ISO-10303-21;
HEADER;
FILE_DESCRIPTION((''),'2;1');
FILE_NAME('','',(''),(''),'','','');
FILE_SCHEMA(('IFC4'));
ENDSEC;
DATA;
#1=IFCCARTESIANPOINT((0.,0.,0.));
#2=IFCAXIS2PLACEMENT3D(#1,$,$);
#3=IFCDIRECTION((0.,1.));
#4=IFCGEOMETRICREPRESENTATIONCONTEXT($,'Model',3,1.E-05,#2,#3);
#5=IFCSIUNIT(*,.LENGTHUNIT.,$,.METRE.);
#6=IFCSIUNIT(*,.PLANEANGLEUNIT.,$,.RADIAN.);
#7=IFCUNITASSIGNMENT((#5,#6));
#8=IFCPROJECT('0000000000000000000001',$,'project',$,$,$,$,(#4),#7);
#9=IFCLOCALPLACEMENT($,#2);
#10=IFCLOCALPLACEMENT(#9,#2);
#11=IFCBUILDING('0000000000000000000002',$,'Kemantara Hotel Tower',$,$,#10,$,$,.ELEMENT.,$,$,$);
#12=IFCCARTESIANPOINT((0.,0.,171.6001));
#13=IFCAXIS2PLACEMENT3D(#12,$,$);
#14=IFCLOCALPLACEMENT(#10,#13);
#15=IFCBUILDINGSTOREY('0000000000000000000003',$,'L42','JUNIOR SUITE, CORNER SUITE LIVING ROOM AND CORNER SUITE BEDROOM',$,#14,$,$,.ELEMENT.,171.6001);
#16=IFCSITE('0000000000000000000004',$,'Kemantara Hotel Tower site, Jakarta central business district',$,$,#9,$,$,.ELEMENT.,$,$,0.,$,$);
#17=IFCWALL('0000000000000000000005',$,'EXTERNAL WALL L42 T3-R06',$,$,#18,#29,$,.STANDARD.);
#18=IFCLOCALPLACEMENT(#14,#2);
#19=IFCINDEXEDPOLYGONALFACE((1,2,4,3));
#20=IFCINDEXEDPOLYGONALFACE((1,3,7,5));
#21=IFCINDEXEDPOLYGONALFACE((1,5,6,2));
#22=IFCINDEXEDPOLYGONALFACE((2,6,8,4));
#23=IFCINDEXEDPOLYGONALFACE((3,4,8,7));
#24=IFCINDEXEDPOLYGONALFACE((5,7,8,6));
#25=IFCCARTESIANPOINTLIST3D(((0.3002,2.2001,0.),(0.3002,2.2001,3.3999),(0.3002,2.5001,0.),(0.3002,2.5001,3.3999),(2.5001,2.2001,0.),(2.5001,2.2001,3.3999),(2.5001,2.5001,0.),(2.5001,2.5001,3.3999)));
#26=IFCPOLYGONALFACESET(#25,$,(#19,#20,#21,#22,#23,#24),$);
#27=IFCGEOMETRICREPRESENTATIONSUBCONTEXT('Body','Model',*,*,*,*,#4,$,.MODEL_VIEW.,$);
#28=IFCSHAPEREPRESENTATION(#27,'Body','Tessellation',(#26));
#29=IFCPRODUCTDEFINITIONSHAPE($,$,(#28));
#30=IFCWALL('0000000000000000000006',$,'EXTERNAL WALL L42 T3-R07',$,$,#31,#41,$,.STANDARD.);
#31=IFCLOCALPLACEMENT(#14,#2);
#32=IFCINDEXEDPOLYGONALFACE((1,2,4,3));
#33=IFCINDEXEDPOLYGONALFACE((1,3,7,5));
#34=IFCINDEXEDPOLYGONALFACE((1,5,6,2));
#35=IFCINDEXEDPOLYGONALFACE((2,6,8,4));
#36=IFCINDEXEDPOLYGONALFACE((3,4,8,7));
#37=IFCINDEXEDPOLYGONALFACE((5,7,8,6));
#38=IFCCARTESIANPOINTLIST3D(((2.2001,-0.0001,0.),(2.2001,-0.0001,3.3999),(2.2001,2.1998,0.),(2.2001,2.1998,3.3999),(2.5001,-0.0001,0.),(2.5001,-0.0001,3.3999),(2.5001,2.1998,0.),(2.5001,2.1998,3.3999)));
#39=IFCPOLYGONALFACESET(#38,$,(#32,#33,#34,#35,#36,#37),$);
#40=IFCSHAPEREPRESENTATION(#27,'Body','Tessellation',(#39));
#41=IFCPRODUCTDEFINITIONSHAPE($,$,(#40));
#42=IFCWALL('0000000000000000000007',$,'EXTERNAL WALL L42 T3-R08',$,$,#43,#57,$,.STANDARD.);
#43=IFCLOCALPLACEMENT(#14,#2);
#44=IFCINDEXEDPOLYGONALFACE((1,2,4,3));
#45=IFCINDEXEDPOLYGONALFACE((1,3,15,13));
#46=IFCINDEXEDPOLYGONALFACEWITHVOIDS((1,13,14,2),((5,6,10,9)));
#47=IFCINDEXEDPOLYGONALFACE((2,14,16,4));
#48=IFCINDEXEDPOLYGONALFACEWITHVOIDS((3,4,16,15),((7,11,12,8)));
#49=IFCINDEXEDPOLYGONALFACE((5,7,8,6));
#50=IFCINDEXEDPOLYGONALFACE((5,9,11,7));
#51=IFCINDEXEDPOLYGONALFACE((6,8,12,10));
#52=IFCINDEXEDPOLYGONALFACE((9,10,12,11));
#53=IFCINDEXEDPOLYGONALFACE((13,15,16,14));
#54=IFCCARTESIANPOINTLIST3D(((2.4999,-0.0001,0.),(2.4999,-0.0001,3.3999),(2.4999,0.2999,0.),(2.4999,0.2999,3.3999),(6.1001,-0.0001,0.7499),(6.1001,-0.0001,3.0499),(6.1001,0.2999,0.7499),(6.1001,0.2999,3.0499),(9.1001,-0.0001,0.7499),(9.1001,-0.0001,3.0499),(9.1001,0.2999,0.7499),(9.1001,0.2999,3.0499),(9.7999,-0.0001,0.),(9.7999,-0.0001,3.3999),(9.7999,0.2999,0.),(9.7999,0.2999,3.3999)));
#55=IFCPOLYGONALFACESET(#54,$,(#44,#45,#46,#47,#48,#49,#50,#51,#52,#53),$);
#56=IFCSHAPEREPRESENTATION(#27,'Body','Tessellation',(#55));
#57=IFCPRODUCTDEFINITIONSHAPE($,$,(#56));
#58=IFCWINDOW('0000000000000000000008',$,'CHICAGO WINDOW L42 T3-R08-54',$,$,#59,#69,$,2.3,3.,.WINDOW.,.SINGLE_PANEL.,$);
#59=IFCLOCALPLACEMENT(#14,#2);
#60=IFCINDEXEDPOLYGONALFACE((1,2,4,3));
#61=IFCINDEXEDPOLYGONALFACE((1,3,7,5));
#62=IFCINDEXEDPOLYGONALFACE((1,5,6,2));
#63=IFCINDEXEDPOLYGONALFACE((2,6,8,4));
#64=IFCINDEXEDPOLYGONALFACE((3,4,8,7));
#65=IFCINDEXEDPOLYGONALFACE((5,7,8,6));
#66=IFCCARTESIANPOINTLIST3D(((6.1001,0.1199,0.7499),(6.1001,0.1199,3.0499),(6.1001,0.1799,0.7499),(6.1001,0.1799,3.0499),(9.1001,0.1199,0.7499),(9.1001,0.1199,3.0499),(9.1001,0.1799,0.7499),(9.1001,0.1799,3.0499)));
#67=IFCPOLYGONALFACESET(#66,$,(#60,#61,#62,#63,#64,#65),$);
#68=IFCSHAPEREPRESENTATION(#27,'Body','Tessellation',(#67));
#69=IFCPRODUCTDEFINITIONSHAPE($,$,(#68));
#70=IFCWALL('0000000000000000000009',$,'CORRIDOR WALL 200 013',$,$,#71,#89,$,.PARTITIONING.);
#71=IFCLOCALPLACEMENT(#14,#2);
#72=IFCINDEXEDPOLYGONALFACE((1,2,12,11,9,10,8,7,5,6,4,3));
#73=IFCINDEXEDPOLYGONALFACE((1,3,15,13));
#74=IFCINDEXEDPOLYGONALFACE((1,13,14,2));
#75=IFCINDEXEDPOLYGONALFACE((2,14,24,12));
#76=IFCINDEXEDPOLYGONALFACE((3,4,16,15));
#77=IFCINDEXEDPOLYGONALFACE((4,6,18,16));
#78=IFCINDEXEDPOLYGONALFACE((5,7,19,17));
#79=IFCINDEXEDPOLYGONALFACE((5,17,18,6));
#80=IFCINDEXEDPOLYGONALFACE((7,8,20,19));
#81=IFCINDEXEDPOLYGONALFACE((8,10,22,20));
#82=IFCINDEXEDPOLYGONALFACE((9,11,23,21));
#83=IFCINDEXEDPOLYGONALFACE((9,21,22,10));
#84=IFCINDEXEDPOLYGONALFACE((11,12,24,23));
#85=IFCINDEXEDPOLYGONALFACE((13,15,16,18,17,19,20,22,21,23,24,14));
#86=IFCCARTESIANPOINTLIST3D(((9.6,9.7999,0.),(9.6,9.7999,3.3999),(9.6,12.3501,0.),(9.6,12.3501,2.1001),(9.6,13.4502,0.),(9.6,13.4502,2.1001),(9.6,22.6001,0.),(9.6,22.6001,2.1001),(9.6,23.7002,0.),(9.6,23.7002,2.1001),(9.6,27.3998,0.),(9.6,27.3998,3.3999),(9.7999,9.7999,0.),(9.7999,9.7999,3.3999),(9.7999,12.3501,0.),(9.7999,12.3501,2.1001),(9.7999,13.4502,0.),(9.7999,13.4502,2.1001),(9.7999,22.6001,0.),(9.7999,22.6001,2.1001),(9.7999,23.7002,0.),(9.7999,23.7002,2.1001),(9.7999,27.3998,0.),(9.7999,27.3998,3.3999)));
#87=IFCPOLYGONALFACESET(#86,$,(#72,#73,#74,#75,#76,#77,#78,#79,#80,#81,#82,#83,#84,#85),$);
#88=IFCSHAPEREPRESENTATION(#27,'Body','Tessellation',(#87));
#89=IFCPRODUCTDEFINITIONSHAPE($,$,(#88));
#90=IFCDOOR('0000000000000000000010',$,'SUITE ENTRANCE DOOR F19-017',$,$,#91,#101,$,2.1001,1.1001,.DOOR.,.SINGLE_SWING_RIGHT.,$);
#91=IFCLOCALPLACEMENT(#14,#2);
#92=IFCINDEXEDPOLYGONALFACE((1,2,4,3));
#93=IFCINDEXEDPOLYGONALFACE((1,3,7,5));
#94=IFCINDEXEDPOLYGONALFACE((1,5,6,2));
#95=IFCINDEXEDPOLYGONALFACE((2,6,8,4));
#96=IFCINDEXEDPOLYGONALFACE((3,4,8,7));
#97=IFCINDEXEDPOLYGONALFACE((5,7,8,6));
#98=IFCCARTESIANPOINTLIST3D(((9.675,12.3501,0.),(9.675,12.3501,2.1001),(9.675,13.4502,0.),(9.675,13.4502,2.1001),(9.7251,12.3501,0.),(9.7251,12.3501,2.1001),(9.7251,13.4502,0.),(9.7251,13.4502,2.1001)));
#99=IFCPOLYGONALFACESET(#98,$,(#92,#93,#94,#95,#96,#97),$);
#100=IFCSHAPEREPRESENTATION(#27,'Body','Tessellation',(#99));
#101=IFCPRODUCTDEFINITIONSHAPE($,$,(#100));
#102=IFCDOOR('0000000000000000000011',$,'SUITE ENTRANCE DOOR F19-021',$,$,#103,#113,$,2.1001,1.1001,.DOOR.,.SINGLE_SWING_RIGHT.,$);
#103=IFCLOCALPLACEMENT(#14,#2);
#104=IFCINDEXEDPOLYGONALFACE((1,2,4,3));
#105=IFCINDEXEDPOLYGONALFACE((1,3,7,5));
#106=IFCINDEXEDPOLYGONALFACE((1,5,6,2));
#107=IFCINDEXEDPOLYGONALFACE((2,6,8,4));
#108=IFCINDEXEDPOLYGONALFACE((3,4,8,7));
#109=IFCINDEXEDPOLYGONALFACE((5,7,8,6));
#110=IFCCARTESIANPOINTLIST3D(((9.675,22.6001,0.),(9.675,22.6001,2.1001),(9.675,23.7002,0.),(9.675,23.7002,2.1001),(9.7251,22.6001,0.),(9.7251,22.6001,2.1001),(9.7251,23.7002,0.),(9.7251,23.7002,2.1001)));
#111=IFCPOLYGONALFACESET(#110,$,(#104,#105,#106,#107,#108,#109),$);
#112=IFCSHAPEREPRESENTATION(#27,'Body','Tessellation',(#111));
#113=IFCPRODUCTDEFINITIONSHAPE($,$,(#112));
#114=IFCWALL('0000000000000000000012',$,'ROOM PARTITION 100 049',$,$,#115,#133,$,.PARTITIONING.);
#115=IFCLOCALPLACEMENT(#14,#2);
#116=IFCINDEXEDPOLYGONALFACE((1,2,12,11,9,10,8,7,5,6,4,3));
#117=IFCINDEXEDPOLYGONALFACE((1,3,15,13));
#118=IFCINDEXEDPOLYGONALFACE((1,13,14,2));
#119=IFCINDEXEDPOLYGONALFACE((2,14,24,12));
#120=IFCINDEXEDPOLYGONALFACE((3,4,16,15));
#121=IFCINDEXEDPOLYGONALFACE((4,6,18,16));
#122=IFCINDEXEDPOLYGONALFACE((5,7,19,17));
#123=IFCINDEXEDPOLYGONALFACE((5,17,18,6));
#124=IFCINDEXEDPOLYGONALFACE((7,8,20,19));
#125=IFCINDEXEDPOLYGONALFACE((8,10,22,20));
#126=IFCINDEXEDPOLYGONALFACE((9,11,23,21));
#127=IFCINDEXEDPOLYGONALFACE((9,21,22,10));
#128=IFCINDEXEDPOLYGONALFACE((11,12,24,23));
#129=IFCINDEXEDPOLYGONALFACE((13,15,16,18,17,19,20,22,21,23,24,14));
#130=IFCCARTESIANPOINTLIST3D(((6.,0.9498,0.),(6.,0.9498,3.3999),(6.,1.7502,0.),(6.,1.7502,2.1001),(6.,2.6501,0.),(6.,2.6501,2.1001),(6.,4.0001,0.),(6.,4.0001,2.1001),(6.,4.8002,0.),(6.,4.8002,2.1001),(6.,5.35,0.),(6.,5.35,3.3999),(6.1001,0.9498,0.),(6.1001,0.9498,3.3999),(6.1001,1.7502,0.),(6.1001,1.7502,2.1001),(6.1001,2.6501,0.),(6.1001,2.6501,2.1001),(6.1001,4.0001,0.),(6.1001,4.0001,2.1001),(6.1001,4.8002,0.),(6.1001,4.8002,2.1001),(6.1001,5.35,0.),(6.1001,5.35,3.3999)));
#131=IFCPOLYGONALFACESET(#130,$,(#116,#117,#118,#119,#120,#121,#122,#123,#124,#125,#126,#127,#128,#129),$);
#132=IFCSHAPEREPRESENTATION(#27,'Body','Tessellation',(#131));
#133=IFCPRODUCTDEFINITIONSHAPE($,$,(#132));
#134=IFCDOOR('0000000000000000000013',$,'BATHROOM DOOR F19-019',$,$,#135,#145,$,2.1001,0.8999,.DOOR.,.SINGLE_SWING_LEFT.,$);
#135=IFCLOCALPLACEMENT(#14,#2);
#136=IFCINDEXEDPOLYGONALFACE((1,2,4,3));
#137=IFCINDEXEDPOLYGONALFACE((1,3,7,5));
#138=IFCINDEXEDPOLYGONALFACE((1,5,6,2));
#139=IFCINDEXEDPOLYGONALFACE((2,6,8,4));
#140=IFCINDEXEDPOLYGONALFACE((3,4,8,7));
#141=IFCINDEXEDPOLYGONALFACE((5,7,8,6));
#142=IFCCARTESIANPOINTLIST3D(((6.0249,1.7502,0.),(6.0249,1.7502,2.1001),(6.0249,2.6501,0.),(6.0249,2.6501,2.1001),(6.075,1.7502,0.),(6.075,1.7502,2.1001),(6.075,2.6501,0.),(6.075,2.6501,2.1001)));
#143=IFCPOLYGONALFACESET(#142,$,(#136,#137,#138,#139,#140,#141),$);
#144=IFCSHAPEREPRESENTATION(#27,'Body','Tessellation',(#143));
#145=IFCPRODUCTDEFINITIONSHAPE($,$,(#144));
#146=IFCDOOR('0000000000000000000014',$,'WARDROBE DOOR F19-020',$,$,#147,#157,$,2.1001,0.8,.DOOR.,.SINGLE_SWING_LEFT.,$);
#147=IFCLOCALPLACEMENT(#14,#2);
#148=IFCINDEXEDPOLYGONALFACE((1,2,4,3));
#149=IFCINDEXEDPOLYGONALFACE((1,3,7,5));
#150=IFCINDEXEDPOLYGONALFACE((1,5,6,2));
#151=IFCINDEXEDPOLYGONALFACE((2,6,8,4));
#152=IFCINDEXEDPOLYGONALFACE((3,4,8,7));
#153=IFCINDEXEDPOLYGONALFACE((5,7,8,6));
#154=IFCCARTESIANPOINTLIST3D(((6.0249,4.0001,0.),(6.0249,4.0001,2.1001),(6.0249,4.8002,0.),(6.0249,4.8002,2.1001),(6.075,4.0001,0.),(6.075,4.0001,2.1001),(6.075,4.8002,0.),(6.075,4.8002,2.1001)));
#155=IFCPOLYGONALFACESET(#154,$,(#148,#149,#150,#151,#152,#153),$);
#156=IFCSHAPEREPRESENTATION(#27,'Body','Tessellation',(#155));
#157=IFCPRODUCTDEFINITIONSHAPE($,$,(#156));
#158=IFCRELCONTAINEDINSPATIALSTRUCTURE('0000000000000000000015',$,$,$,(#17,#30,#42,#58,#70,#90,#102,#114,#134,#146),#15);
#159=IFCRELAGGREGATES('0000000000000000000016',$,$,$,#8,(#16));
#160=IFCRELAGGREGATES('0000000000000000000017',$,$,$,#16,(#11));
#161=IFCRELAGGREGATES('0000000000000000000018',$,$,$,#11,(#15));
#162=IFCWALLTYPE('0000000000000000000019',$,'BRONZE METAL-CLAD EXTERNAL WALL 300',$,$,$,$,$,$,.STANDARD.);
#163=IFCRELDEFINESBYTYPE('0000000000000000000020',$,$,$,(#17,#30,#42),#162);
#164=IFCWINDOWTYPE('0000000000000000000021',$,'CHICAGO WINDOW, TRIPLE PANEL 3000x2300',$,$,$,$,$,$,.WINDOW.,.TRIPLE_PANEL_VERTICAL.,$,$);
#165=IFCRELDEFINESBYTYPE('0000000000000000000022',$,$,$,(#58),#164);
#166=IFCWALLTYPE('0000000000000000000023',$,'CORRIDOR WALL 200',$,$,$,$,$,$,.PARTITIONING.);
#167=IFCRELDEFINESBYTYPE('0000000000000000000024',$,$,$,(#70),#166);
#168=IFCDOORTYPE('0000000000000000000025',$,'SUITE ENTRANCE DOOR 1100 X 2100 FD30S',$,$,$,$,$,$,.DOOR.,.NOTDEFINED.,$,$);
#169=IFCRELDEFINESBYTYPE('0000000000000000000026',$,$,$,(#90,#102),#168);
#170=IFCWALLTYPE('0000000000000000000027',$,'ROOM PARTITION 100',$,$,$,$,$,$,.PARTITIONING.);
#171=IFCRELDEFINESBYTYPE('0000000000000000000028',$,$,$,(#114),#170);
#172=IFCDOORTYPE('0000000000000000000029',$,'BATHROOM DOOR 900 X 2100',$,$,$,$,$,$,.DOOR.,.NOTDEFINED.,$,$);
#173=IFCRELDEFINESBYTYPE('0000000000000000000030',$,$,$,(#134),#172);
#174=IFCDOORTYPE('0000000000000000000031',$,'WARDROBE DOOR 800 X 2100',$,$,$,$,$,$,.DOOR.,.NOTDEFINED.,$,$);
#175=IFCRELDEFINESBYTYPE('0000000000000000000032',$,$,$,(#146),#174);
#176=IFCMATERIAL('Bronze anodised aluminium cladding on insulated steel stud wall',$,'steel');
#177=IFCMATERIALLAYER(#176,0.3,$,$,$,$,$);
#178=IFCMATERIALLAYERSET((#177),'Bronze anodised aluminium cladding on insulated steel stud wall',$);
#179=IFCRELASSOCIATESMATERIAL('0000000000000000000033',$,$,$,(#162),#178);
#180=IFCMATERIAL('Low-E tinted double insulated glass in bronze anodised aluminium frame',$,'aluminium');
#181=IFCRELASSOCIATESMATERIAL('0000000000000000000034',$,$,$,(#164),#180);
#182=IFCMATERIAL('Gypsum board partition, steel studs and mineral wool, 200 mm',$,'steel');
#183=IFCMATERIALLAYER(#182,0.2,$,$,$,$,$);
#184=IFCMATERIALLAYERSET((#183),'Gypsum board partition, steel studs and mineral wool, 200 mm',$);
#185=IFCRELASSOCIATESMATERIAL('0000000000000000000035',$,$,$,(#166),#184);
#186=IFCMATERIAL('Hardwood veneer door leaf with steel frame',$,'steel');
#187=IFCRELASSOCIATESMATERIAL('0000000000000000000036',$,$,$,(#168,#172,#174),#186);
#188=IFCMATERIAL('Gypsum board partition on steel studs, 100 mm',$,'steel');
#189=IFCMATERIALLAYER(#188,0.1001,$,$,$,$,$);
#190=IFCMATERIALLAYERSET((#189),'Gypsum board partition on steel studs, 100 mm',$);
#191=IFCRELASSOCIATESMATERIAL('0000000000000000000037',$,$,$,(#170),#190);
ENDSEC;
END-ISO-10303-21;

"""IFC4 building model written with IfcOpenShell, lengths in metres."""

from ifc_helpers import new_model, si_unit, direction, frame, frame_2d, origin, place, context, subcontext, project, spatial, rectangle, extrude, material, layer, layer_set, type_object, element, fill, save


model = new_model("IFC4")

# Units and contexts
model_context = context("Model", 3, precision=1e-05, world=origin(), true_north=direction((0.0, 1.0)))
body_context = subcontext(model_context, "Body", "Model", "MODEL_VIEW")
ifc_project = project(units=[si_unit("LENGTHUNIT", "METRE"), si_unit("PLANEANGLEUNIT", "RADIAN")], contexts=[model_context])

# Site, building, storey
site_placement = place(None, origin())
site = spatial("IfcSite", under=ifc_project, at=site_placement, Name="Kemantara Hotel Tower site, Jakarta central business district", CompositionType="ELEMENT", RefElevation=0.0)
building_placement = place(site_placement, origin())
building = spatial("IfcBuilding", under=site, at=building_placement, Name="Kemantara Hotel Tower", CompositionType="ELEMENT")
storey_placement = place(building_placement, frame((0.0, 0.0, 171.6001)))
storey = spatial("IfcBuildingStorey", under=building, at=storey_placement, Name="L42", Description="JUNIOR SUITE, CORNER SUITE LIVING ROOM AND CORNER SUITE BEDROOM", CompositionType="ELEMENT", Elevation=171.6001)

# Walls
ifc_material_1 = material(Name="Bronze anodised aluminium cladding on insulated steel stud wall", Category="steel")
ifc_layer_1 = layer(ifc_material_1, 0.3)
ifc_layer_set_1 = layer_set([ifc_layer_1], Name="Bronze anodised aluminium cladding on insulated steel stud wall")
wall_type_1 = type_object("IfcWallType", Name="BRONZE METAL-CLAD EXTERNAL WALL 300", PredefinedType="STANDARD", material=ifc_layer_set_1)
for number, where, z_axis, x_axis, name in (
    (1, (0.3, 2.3501, 0.0), (0.0, 0.0, 1.0), (1.0, 0.0, 0.0), "EXTERNAL WALL L42 T3-R06"),
    (2, (2.3501, 2.2, 0.0), (0.0, 0.0, 1.0), (0.0, -1.0, 0.0), "EXTERNAL WALL L42 T3-R07"),
):
    element("IfcWall", number, at=place(storey_placement, frame(where, z_axis=z_axis, x_axis=x_axis)), inside=storey, type_object=wall_type_1, Name=name, PredefinedType="STANDARD", context=body_context, shape_type="SweptSolid", body=[
        extrude(rectangle(XDim=2.2, YDim=0.3, at=frame_2d((1.1001, 0.0))), origin(), (0.0, 0.0, 1.0), 3.3999),
    ])

# Wall, opening, window
wall_1_placement = place(storey_placement, frame((2.5, 0.1499, 0.0), z_axis=(0.0, 0.0, 1.0), x_axis=(1.0, 0.0, 0.0)))
wall_1 = element("IfcWall", 3, at=wall_1_placement, inside=storey, type_object=wall_type_1, Name="EXTERNAL WALL L42 T3-R08", PredefinedType="STANDARD", context=body_context, shape_type="SweptSolid", body=[
    extrude(rectangle(XDim=7.3, YDim=0.3, at=frame_2d((3.6499, 0.0))), origin(), (0.0, 0.0, 1.0), 3.3999),
])
opening_1_placement = place(wall_1_placement, frame((3.6001, 0.0, 0.75)))
opening_1 = element("IfcOpeningElement", 4, at=opening_1_placement, cuts=wall_1, PredefinedType="OPENING", context=body_context, shape_type="SweptSolid", body=[
    extrude(rectangle(XDim=3.0, YDim=2.3, at=frame_2d((1.5, 1.1499))), frame((0.0, 0.1599, 0.0), z_axis=(0.0, -1.0, 0.0), x_axis=(1.0, 0.0, 0.0)), (0.0, 0.0, 1.0), 0.3201),
])
ifc_material_2 = material(Name="Low-E tinted double insulated glass in bronze anodised aluminium frame", Category="aluminium")
window_type = type_object("IfcWindowType", Name="CHICAGO WINDOW, TRIPLE PANEL 3000x2300", PartitioningType="TRIPLE_PANEL_VERTICAL", PredefinedType="WINDOW", material=ifc_material_2)
window_placement = place(opening_1_placement, origin())
window = element("IfcWindow", 5, at=window_placement, inside=storey, type_object=window_type, Name="CHICAGO WINDOW L42 T3-R08-54", OverallHeight=2.3, OverallWidth=3.0, PartitioningType="SINGLE_PANEL", PredefinedType="WINDOW", context=body_context, shape_type="SweptSolid", body=[
    extrude(rectangle(XDim=3.0, YDim=2.3, at=frame_2d((1.5, 1.1499))), frame((0.0, 0.03, 0.0), z_axis=(0.0, -1.0, 0.0), x_axis=(1.0, 0.0, 0.0)), (0.0, 0.0, 1.0), 0.0601),
])
fill(opening_1, window)

# Walls, openings, doors
ifc_material_3 = material(Name="Gypsum board partition, steel studs and mineral wool, 200 mm", Category="steel")
ifc_layer_2 = layer(ifc_material_3, 0.2)
ifc_layer_set_2 = layer_set([ifc_layer_2], Name="Gypsum board partition, steel studs and mineral wool, 200 mm")
wall_type_2 = type_object("IfcWallType", Name="CORRIDOR WALL 200", PredefinedType="PARTITIONING", material=ifc_layer_set_2)
wall_2_placement = place(storey_placement, frame((9.7, 9.8, 0.0), z_axis=(0.0, 0.0, 1.0), x_axis=(0.0, 1.0, 0.0)))
wall_2 = element("IfcWall", 6, at=wall_2_placement, inside=storey, type_object=wall_type_2, Name="CORRIDOR WALL 200 013", PredefinedType="PARTITIONING", context=body_context, shape_type="SweptSolid", body=[
    extrude(rectangle(XDim=17.5999, YDim=0.2, at=frame_2d((8.7998, 0.0))), origin(), (0.0, 0.0, 1.0), 3.3999),
])
opening_2_placement = place(wall_2_placement, frame((2.55, 0.0, 0.0)))
opening_2 = element("IfcOpeningElement", 7, at=opening_2_placement, cuts=wall_2, PredefinedType="OPENING", context=body_context, shape_type="SweptSolid", body=[
    extrude(rectangle(XDim=1.1001, YDim=2.1001, at=frame_2d((0.55, 1.05))), frame((0.0, 0.1099, 0.0), z_axis=(0.0, -1.0, 0.0), x_axis=(1.0, 0.0, 0.0)), (0.0, 0.0, 1.0), 0.22),
])
opening_3_placement = place(wall_2_placement, frame((12.8, 0.0, 0.0)))
opening_3 = element("IfcOpeningElement", 8, at=opening_3_placement, cuts=wall_2, PredefinedType="OPENING", context=body_context, shape_type="SweptSolid", body=[
    extrude(rectangle(XDim=1.1001, YDim=2.1001, at=frame_2d((0.55, 1.05))), frame((0.0, 0.1099, 0.0), z_axis=(0.0, -1.0, 0.0), x_axis=(1.0, 0.0, 0.0)), (0.0, 0.0, 1.0), 0.22),
])
ifc_material_4 = material(Name="Hardwood veneer door leaf with steel frame", Category="steel")
door_type_1 = type_object("IfcDoorType", Name="SUITE ENTRANCE DOOR 1100 X 2100 FD30S", OperationType="NOTDEFINED", PredefinedType="DOOR", material=ifc_material_4)
door_1_placement = place(opening_2_placement, origin())
door_1 = element("IfcDoor", 9, at=door_1_placement, inside=storey, type_object=door_type_1, Name="SUITE ENTRANCE DOOR F19-017", OperationType="SINGLE_SWING_RIGHT", OverallHeight=2.1001, OverallWidth=1.1001, PredefinedType="DOOR", context=body_context, shape_type="SweptSolid", body=[
    extrude(rectangle(XDim=1.1001, YDim=2.1001, at=frame_2d((0.55, 1.05))), frame((0.0, 0.0249, 0.0), z_axis=(0.0, -1.0, 0.0), x_axis=(1.0, 0.0, 0.0)), (0.0, 0.0, 1.0), 0.05),
])
fill(opening_2, door_1)
door_2_placement = place(opening_3_placement, origin())
door_2 = element("IfcDoor", 10, at=door_2_placement, inside=storey, type_object=door_type_1, Name="SUITE ENTRANCE DOOR F19-021", OperationType="SINGLE_SWING_RIGHT", OverallHeight=2.1001, OverallWidth=1.1001, PredefinedType="DOOR", context=body_context, shape_type="SweptSolid", body=[
    extrude(rectangle(XDim=1.1001, YDim=2.1001, at=frame_2d((0.55, 1.05))), frame((0.0, 0.0249, 0.0), z_axis=(0.0, -1.0, 0.0), x_axis=(1.0, 0.0, 0.0)), (0.0, 0.0, 1.0), 0.05),
])
fill(opening_3, door_2)
ifc_material_5 = material(Name="Gypsum board partition on steel studs, 100 mm", Category="steel")
ifc_layer_3 = layer(ifc_material_5, 0.1001)
ifc_layer_set_3 = layer_set([ifc_layer_3], Name="Gypsum board partition on steel studs, 100 mm")
wall_type_3 = type_object("IfcWallType", Name="ROOM PARTITION 100", PredefinedType="PARTITIONING", material=ifc_layer_set_3)
wall_3_placement = place(storey_placement, frame((6.05, 5.3501, 0.0), z_axis=(0.0, 0.0, 1.0), x_axis=(0.0, -1.0, 0.0)))
wall_3 = element("IfcWall", 11, at=wall_3_placement, inside=storey, type_object=wall_type_3, Name="ROOM PARTITION 100 049", PredefinedType="PARTITIONING", context=body_context, shape_type="SweptSolid", body=[
    extrude(rectangle(XDim=4.4001, YDim=0.1001, at=frame_2d((2.2002, 0.0))), origin(), (0.0, 0.0, 1.0), 3.3999),
])
opening_4_placement = place(wall_3_placement, frame((2.7, 0.0, 0.0)))
opening_4 = element("IfcOpeningElement", 12, at=opening_4_placement, cuts=wall_3, PredefinedType="OPENING", context=body_context, shape_type="SweptSolid", body=[
    extrude(rectangle(XDim=0.8999, YDim=2.1001, at=frame_2d((0.45, 1.05))), frame((0.0, 0.0601, 0.0), z_axis=(0.0, -1.0, 0.0), x_axis=(1.0, 0.0, 0.0)), (0.0, 0.0, 1.0), 0.1201),
])
opening_5_placement = place(wall_3_placement, frame((0.55, 0.0, 0.0)))
opening_5 = element("IfcOpeningElement", 13, at=opening_5_placement, cuts=wall_3, PredefinedType="OPENING", context=body_context, shape_type="SweptSolid", body=[
    extrude(rectangle(XDim=0.8, YDim=2.1001, at=frame_2d((0.3999, 1.05))), frame((0.0, 0.0601, 0.0), z_axis=(0.0, -1.0, 0.0), x_axis=(1.0, 0.0, 0.0)), (0.0, 0.0, 1.0), 0.1201),
])
door_type_2 = type_object("IfcDoorType", Name="BATHROOM DOOR 900 X 2100", OperationType="NOTDEFINED", PredefinedType="DOOR", material=ifc_material_4)
door_3_placement = place(opening_4_placement, origin())
door_3 = element("IfcDoor", 14, at=door_3_placement, inside=storey, type_object=door_type_2, Name="BATHROOM DOOR F19-019", OperationType="SINGLE_SWING_LEFT", OverallHeight=2.1001, OverallWidth=0.8999, PredefinedType="DOOR", context=body_context, shape_type="SweptSolid", body=[
    extrude(rectangle(XDim=0.8999, YDim=2.1001, at=frame_2d((0.45, 1.05))), frame((0.0, 0.0249, 0.0), z_axis=(0.0, -1.0, 0.0), x_axis=(1.0, 0.0, 0.0)), (0.0, 0.0, 1.0), 0.05),
])
fill(opening_4, door_3)
door_type_3 = type_object("IfcDoorType", Name="WARDROBE DOOR 800 X 2100", OperationType="NOTDEFINED", PredefinedType="DOOR", material=ifc_material_4)
door_4_placement = place(opening_5_placement, origin())
door_4 = element("IfcDoor", 15, at=door_4_placement, inside=storey, type_object=door_type_3, Name="WARDROBE DOOR F19-020", OperationType="SINGLE_SWING_LEFT", OverallHeight=2.1001, OverallWidth=0.8, PredefinedType="DOOR", context=body_context, shape_type="SweptSolid", body=[
    extrude(rectangle(XDim=0.8, YDim=2.1001, at=frame_2d((0.3999, 1.05))), frame((0.0, 0.0249, 0.0), z_axis=(0.0, -1.0, 0.0), x_axis=(1.0, 0.0, 0.0)), (0.0, 0.0, 1.0), 0.05),
])
fill(opening_5, door_4)

save(model, "model.ifc")
